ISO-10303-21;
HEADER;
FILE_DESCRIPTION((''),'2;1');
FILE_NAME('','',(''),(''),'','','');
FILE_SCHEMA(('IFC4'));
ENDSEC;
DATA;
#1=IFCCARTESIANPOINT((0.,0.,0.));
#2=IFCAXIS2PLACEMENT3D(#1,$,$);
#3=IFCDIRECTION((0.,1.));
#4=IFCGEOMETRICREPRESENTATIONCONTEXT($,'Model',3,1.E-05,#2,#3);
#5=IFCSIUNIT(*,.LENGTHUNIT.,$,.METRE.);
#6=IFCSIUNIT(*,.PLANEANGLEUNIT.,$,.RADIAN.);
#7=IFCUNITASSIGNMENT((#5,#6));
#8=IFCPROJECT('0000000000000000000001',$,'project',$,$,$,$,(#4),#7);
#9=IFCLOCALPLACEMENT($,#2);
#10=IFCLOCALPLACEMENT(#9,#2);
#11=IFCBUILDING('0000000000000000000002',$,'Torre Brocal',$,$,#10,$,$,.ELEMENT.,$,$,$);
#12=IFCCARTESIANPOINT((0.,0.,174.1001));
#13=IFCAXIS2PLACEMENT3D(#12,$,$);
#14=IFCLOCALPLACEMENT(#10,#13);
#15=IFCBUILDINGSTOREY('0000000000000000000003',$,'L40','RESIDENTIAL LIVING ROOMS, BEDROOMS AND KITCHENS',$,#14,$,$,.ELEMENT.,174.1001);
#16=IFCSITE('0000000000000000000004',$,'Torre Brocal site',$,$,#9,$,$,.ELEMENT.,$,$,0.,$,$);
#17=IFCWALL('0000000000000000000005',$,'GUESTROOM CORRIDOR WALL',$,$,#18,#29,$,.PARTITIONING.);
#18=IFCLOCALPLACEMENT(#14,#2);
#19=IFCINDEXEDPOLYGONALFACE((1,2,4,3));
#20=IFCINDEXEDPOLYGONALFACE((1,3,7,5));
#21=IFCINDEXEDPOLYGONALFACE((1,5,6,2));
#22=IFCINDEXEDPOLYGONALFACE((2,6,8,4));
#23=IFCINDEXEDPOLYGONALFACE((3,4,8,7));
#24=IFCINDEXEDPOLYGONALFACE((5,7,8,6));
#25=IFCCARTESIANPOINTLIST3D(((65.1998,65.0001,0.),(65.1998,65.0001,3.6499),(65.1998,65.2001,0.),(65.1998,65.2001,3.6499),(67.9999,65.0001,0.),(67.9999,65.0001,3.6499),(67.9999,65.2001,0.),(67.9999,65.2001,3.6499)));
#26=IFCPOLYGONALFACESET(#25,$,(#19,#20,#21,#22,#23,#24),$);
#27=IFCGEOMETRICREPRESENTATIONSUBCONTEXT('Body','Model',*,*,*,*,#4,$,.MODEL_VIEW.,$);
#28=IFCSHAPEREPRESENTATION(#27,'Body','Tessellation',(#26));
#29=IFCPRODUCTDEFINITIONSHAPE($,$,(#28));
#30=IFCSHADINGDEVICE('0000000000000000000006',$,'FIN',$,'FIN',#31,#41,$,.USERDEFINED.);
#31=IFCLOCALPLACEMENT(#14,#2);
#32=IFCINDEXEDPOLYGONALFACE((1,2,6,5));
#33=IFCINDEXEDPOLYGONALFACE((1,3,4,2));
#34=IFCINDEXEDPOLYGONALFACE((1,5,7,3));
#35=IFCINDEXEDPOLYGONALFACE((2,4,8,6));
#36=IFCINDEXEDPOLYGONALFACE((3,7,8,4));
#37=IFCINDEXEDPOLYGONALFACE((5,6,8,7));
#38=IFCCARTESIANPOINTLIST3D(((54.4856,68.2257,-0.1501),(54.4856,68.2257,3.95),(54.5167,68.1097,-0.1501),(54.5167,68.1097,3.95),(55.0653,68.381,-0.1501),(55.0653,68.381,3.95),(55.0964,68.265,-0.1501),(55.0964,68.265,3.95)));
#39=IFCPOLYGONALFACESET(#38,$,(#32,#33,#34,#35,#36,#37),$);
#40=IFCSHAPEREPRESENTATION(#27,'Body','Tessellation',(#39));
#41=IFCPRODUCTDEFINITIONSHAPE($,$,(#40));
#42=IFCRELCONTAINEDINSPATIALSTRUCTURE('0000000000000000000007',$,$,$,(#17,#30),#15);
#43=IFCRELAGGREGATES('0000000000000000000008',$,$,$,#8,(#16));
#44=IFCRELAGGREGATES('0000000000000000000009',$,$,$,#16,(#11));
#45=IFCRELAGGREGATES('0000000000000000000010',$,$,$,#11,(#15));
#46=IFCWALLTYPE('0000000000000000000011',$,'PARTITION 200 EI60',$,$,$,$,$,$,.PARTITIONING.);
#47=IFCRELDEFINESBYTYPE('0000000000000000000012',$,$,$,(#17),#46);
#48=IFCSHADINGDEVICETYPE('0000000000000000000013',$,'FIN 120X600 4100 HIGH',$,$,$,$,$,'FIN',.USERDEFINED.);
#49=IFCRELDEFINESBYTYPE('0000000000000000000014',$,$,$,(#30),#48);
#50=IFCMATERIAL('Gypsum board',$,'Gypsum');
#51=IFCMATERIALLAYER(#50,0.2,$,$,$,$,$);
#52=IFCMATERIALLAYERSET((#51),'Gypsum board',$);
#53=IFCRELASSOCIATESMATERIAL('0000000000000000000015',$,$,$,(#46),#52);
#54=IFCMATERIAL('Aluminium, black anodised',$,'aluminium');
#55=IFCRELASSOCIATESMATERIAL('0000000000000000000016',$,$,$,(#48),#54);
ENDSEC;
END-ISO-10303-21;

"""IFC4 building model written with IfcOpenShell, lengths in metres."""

from ifc_helpers import new_model, si_unit, direction, frame, frame_2d, origin, origin_2d, place, context, subcontext, project, spatial, rectangle, extrude, material, layer, layer_set, material_profile, profile_set, type_object, element, save


model = new_model("IFC4")

# Units and contexts
model_context = context("Model", 3, precision=1e-05, world=origin(), true_north=direction((0.0, 1.0)))
body_context = subcontext(model_context, "Body", "Model", "MODEL_VIEW")
ifc_project = project(units=[si_unit("LENGTHUNIT", "METRE"), si_unit("PLANEANGLEUNIT", "RADIAN")], contexts=[model_context])

# Site, building, storey
site_placement = place(None, origin())
site = spatial("IfcSite", under=ifc_project, at=site_placement, Name="Torre Brocal site", CompositionType="ELEMENT", RefElevation=0.0)
building_placement = place(site_placement, origin())
building = spatial("IfcBuilding", under=site, at=building_placement, Name="Torre Brocal", CompositionType="ELEMENT")
storey_placement = place(building_placement, frame((0.0, 0.0, 174.1001)))
storey = spatial("IfcBuildingStorey", under=building, at=storey_placement, Name="L40", Description="RESIDENTIAL LIVING ROOMS, BEDROOMS AND KITCHENS", CompositionType="ELEMENT", Elevation=174.1001)

# Wall
ifc_material_1 = material(Name="Gypsum board", Category="Gypsum")
ifc_layer_1 = layer(ifc_material_1, 0.2)
ifc_layer_set_1 = layer_set([ifc_layer_1], Name="Gypsum board")
wall_type_1 = type_object("IfcWallType", Name="PARTITION 200 EI60", PredefinedType="PARTITIONING", material=ifc_layer_set_1)
wall_1_placement = place(storey_placement, frame((65.2, 65.1001, 0.0), z_axis=(0.0, 0.0, 1.0), x_axis=(1.0, 0.0, 0.0)))
element("IfcWall", 1, at=wall_1_placement, inside=storey, type_object=wall_type_1, Name="GUESTROOM CORRIDOR WALL", PredefinedType="PARTITIONING", context=body_context, shape_type="SweptSolid", body=[
    extrude(rectangle(XDim=2.8, YDim=0.2, at=frame_2d((1.3999, 0.0))), origin(), (0.0, 0.0, 1.0), 3.6499),
])

# Shading device
ifc_material_2 = material(Name="Aluminium, black anodised", Category="aluminium")
ifc_material_profile_1 = material_profile(ifc_material_2, rectangle(XDim=0.1201, YDim=0.6001, at=origin_2d()), Name="FIN 120X600 4100 HIGH")
ifc_profile_set_1 = profile_set([ifc_material_profile_1], Name="Aluminium, black anodised")
shading_device_type = type_object("IfcShadingDeviceType", Name="FIN 120X600 4100 HIGH", ElementType="FIN", PredefinedType="USERDEFINED", material=ifc_profile_set_1)
shading_device_placement = place(storey_placement, frame((54.791, 68.2454, -0.1501), z_axis=(0.0, 0.0, 1.0), x_axis=(0.258819, -0.965926, 0.0)))
element("IfcShadingDevice", 2, at=shading_device_placement, inside=storey, type_object=shading_device_type, Name="FIN", ObjectType="FIN", PredefinedType="USERDEFINED", context=body_context, shape_type="SweptSolid", body=[
    extrude(rectangle(XDim=0.1201, YDim=0.6001, at=origin_2d()), origin(), (0.0, 0.0, 1.0), 4.1001),
])

save(model, "model.ifc")
